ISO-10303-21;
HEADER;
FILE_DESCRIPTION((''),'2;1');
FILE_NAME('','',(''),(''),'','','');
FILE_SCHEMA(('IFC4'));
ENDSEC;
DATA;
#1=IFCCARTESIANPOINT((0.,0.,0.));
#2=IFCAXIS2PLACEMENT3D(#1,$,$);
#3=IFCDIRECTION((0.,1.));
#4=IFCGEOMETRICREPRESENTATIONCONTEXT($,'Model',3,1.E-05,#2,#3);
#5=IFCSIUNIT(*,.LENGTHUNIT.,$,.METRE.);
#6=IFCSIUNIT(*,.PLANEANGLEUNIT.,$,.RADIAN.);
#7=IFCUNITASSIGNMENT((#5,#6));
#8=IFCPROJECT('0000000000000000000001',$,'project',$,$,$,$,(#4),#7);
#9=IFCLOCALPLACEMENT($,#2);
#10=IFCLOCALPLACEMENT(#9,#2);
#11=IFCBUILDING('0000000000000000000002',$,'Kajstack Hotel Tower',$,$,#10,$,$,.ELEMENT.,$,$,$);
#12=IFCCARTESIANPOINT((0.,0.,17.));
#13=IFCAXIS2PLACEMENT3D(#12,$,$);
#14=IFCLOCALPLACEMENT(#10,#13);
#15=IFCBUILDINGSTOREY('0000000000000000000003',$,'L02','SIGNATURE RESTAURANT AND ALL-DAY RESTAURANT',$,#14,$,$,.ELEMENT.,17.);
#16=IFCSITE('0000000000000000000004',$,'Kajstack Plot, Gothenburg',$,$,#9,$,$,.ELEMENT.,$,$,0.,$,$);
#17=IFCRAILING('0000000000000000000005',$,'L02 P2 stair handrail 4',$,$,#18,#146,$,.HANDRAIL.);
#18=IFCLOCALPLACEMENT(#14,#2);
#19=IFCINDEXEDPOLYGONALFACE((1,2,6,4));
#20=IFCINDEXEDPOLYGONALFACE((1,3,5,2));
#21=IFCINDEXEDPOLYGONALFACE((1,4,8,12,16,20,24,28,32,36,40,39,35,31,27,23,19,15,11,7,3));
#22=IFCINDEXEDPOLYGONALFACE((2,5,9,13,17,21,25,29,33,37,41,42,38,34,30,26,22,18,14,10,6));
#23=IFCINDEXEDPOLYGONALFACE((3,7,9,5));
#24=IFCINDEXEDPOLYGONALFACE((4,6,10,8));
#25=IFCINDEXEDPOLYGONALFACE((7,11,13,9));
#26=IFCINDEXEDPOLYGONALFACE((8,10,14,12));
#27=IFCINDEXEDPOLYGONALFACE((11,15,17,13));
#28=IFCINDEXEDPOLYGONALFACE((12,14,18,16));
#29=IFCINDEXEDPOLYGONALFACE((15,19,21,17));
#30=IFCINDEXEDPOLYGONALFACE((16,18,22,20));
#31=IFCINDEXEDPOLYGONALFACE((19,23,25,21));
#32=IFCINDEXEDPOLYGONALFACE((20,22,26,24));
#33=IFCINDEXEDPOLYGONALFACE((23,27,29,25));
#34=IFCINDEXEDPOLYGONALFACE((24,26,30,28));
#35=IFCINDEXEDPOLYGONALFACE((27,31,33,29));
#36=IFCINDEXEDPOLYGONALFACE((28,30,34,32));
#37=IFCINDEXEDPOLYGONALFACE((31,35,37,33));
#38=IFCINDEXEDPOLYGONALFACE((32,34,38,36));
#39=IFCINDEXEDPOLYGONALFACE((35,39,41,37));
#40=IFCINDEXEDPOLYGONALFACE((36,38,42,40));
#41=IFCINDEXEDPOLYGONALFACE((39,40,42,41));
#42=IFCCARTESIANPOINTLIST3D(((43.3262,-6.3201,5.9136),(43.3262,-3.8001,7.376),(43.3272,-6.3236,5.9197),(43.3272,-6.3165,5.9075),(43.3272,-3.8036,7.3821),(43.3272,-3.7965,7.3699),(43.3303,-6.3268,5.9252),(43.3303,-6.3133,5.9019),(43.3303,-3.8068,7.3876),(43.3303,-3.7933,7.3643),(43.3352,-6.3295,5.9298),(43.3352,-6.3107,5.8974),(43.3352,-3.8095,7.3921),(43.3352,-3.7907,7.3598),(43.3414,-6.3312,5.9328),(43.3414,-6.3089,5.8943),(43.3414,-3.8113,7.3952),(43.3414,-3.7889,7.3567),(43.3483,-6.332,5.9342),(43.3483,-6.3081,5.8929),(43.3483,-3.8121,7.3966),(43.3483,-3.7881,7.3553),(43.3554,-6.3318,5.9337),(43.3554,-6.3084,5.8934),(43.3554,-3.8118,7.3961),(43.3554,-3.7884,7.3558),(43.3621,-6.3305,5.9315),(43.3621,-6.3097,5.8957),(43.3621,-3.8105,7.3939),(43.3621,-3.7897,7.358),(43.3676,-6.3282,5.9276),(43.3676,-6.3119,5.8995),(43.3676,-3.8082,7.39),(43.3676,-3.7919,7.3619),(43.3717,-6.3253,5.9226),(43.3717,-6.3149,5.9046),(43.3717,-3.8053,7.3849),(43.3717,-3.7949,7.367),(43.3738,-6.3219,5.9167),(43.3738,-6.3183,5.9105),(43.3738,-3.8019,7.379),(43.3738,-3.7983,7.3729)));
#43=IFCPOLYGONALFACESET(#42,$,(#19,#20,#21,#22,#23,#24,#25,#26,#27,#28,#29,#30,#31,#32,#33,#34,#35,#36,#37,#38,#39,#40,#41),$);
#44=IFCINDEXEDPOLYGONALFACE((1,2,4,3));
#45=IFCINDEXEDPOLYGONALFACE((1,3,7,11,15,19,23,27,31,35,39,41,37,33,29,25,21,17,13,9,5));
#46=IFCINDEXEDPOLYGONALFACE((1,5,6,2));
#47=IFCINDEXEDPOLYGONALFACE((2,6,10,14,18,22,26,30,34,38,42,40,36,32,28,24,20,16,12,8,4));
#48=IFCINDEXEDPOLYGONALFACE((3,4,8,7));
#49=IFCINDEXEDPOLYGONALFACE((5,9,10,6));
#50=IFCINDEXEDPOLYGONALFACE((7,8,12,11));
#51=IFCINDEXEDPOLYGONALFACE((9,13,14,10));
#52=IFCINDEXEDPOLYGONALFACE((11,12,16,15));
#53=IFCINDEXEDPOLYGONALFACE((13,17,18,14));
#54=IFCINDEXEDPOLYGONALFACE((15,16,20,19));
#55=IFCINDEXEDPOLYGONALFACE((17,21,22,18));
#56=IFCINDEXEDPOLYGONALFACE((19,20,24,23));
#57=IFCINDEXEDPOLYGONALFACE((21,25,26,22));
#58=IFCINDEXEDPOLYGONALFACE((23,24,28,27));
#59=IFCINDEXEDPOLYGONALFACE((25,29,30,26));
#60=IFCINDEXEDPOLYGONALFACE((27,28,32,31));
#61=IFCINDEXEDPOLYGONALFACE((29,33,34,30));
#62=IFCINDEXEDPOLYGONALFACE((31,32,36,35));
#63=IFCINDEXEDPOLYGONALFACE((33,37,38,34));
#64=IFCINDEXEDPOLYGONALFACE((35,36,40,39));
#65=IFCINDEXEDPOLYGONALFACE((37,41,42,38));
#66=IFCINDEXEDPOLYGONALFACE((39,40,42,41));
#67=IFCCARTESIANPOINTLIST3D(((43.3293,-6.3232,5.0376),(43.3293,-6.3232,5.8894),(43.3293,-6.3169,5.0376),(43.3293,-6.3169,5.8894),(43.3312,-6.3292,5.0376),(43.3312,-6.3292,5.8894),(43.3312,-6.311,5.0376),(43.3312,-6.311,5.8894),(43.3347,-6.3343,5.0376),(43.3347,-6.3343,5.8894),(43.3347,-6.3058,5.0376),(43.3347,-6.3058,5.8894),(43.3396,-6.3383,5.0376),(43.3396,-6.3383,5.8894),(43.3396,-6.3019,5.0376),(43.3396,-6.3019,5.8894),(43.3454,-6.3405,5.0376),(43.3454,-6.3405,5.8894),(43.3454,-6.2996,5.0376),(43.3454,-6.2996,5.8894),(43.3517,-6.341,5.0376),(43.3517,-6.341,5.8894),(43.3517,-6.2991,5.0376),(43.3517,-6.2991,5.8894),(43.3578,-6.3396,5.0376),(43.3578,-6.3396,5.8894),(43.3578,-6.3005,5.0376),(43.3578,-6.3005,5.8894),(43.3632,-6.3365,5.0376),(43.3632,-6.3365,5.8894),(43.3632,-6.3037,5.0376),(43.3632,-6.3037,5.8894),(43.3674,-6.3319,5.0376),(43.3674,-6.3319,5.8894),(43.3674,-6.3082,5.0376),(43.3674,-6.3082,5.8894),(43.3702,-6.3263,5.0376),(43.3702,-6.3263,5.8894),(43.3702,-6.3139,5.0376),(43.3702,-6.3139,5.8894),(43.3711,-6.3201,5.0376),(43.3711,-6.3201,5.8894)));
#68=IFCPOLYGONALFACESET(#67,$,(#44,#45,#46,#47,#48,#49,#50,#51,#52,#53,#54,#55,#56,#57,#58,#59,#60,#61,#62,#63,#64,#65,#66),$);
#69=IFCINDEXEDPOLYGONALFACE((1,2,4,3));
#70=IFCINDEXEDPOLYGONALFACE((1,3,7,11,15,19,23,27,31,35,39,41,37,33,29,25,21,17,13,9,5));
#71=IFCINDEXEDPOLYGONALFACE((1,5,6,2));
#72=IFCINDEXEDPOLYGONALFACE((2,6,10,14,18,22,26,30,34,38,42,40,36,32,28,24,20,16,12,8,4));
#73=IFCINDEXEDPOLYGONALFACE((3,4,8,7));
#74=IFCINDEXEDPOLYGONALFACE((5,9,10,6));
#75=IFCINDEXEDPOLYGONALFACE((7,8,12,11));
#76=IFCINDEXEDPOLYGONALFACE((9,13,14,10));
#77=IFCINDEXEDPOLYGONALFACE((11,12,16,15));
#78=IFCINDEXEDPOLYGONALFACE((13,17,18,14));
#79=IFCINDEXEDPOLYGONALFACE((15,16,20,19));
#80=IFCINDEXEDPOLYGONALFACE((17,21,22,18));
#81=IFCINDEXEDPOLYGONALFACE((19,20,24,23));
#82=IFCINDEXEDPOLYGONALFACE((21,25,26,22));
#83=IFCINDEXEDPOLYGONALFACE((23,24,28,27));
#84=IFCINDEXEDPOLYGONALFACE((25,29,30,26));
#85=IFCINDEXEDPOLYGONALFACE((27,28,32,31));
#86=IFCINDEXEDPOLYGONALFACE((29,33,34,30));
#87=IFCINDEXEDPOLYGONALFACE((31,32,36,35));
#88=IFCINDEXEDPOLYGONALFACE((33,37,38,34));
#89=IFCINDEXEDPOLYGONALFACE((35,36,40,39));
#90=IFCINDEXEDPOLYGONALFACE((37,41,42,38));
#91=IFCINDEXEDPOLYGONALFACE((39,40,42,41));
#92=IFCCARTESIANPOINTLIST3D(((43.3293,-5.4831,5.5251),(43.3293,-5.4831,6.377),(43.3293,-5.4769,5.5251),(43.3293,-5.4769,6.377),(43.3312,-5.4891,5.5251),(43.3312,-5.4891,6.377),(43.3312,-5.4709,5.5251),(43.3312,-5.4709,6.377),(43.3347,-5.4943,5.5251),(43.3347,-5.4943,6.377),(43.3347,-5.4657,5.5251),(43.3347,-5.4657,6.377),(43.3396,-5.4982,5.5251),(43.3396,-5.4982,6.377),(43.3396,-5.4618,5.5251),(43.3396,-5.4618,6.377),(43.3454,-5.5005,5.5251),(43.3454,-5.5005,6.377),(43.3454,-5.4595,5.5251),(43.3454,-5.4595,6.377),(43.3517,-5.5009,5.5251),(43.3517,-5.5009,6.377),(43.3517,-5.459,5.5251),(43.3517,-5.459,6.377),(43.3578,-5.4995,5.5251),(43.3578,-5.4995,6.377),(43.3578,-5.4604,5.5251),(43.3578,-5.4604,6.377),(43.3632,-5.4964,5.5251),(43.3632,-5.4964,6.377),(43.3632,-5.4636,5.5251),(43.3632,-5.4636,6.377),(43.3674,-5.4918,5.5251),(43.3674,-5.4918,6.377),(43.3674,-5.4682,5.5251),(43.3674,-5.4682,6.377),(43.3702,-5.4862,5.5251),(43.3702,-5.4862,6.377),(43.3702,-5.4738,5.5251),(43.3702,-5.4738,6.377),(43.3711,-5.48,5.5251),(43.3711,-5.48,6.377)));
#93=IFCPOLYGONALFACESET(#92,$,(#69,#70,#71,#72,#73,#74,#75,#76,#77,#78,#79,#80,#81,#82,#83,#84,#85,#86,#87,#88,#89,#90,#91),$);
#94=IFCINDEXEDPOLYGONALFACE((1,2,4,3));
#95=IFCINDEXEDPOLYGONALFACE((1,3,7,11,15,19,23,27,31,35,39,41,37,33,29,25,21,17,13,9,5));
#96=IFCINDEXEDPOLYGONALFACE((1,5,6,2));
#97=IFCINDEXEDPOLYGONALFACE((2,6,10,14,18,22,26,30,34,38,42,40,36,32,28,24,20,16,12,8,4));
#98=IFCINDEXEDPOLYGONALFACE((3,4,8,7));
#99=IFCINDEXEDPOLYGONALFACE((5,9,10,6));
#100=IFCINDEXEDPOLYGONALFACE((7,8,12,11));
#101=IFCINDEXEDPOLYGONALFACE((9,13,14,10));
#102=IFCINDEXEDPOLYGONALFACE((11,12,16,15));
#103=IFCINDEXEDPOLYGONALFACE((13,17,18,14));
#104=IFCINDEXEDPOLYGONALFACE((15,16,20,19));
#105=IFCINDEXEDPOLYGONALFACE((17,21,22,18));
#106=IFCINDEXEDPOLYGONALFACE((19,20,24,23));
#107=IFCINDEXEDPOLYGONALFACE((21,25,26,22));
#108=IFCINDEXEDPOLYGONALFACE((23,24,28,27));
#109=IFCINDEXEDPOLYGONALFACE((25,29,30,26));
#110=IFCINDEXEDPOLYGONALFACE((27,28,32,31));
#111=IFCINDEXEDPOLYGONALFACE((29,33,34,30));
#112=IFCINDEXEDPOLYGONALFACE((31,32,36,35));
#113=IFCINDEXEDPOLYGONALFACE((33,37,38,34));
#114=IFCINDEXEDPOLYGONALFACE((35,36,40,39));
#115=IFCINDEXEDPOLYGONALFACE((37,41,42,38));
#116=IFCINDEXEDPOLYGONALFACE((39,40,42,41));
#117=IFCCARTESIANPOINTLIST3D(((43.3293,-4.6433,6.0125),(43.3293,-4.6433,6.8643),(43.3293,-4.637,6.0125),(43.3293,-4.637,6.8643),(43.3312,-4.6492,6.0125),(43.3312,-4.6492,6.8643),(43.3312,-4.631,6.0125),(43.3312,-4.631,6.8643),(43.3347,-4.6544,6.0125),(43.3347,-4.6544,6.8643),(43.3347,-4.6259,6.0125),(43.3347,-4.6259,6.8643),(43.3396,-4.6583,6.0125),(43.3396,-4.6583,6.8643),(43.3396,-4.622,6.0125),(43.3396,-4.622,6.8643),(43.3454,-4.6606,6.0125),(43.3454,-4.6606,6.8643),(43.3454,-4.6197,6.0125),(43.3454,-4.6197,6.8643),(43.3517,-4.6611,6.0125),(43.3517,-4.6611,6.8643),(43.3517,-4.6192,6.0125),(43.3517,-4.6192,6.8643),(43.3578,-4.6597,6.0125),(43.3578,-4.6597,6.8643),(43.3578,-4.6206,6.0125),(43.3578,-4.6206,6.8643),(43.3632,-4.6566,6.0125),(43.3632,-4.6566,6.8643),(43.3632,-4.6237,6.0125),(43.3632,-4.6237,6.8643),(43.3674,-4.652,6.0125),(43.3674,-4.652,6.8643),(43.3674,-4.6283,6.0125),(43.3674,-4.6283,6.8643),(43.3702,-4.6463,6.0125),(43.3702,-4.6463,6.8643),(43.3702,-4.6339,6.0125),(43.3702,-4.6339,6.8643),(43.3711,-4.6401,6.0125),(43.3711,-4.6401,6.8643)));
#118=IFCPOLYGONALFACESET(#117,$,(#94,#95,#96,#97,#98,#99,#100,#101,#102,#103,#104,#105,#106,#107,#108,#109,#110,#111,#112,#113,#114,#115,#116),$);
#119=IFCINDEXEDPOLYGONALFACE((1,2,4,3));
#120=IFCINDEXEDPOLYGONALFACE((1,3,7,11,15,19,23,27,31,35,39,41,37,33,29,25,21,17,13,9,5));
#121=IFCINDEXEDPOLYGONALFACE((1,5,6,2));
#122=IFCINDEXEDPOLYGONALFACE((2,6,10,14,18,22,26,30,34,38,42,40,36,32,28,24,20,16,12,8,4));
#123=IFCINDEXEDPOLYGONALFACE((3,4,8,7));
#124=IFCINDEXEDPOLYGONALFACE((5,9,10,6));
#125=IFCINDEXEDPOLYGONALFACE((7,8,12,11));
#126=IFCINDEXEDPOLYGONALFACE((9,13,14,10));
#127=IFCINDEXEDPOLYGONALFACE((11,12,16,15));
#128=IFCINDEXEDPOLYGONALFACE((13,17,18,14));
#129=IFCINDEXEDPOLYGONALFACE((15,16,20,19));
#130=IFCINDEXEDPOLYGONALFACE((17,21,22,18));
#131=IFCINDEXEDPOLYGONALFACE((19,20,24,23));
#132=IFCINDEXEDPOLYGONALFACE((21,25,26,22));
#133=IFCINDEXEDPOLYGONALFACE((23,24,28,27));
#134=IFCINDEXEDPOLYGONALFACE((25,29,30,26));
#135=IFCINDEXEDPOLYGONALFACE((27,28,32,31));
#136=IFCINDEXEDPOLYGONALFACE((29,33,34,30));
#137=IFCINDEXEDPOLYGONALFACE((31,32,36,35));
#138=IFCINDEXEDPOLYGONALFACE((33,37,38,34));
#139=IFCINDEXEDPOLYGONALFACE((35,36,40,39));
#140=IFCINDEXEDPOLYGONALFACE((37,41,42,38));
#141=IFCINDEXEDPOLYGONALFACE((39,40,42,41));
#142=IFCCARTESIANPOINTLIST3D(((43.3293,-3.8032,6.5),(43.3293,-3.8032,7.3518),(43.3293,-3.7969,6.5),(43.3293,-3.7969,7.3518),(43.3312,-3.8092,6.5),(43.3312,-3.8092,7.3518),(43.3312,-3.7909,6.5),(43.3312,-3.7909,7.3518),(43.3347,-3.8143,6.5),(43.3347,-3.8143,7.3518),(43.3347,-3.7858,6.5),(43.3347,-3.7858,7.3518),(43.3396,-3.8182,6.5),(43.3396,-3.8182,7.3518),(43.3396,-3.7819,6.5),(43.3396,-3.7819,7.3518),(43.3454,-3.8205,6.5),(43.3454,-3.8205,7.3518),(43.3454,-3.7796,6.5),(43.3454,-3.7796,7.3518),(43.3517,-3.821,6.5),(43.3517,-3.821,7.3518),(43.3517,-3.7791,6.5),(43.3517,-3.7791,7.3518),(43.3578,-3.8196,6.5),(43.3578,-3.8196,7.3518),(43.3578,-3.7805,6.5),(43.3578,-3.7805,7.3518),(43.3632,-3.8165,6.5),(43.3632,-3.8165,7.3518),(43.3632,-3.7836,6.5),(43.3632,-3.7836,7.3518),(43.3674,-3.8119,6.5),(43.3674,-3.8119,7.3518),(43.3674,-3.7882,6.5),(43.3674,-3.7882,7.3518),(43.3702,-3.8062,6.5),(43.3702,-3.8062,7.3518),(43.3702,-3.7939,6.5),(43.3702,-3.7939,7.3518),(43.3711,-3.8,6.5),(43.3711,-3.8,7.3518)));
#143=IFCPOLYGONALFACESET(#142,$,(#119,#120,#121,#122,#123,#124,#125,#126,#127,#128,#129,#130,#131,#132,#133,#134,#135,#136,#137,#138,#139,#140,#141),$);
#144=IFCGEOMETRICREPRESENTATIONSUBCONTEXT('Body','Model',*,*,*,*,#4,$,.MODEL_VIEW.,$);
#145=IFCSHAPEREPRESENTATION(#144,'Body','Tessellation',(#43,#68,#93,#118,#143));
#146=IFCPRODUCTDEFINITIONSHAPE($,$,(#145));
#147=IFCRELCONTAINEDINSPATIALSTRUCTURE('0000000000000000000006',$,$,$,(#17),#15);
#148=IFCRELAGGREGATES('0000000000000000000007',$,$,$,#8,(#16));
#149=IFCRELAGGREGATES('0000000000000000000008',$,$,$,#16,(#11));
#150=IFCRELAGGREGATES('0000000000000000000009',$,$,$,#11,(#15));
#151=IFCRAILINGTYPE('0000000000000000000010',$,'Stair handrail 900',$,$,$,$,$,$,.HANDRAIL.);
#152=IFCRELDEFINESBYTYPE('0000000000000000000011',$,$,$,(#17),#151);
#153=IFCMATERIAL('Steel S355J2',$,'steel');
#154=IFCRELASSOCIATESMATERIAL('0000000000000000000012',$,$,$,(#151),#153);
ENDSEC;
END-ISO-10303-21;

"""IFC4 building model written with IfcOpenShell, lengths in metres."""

from ifc_helpers import new_model, si_unit, direction, frame, origin, origin_2d, place, context, subcontext, project, spatial, circle, extrude, material, type_object, element, save


model = new_model("IFC4")

# Units and contexts
model_context = context("Model", 3, precision=1e-05, world=origin(), true_north=direction((0.0, 1.0)))
body_context = subcontext(model_context, "Body", "Model", "MODEL_VIEW")
ifc_project = project(units=[si_unit("LENGTHUNIT", "METRE"), si_unit("PLANEANGLEUNIT", "RADIAN")], contexts=[model_context])

# Site, building, storey
site_placement = place(None, origin())
site = spatial("IfcSite", under=ifc_project, at=site_placement, Name="Kajstack Plot, Gothenburg", CompositionType="ELEMENT", RefElevation=0.0)
building_placement = place(site_placement, origin())
building = spatial("IfcBuilding", under=site, at=building_placement, Name="Kajstack Hotel Tower", CompositionType="ELEMENT")
storey_placement = place(building_placement, frame((0.0, 0.0, 17.0)))
storey = spatial("IfcBuildingStorey", under=building, at=storey_placement, Name="L02", Description="SIGNATURE RESTAURANT AND ALL-DAY RESTAURANT", CompositionType="ELEMENT", Elevation=17.0)

# Railing
ifc_material_1 = material(Name="Steel S355J2", Category="steel")
railing_type_1 = type_object("IfcRailingType", Name="Stair handrail 900", PredefinedType="HANDRAIL", material=ifc_material_1)
railing_1_placement = place(storey_placement, frame((43.3501, -6.3201, 5.0376)))
element("IfcRailing", 1, at=railing_1_placement, inside=storey, type_object=railing_type_1, Name="L02 P2 stair handrail 4", PredefinedType="HANDRAIL", context=body_context, shape_type="SweptSolid", body=[
    extrude(circle(Radius=0.0239, at=origin_2d()), frame((0.0, 0.0, 0.876), z_axis=(0.0, 0.864913, 0.501921), x_axis=(-1.0, 0.0, 0.0)), (0.0, 0.0, 1.0), 2.9136),
    extrude(circle(Radius=0.021, at=origin_2d()), origin(), (0.0, 0.0, 1.0), 0.8518),
    extrude(circle(Radius=0.021, at=origin_2d()), frame((0.0, 0.8401, 0.4875)), (0.0, 0.0, 1.0), 0.8518),
    extrude(circle(Radius=0.021, at=origin_2d()), frame((0.0, 1.6799, 0.9749)), (0.0, 0.0, 1.0), 0.8518),
    extrude(circle(Radius=0.021, at=origin_2d()), frame((0.0, 2.52, 1.4624)), (0.0, 0.0, 1.0), 0.8518),
])

save(model, "model.ifc")
